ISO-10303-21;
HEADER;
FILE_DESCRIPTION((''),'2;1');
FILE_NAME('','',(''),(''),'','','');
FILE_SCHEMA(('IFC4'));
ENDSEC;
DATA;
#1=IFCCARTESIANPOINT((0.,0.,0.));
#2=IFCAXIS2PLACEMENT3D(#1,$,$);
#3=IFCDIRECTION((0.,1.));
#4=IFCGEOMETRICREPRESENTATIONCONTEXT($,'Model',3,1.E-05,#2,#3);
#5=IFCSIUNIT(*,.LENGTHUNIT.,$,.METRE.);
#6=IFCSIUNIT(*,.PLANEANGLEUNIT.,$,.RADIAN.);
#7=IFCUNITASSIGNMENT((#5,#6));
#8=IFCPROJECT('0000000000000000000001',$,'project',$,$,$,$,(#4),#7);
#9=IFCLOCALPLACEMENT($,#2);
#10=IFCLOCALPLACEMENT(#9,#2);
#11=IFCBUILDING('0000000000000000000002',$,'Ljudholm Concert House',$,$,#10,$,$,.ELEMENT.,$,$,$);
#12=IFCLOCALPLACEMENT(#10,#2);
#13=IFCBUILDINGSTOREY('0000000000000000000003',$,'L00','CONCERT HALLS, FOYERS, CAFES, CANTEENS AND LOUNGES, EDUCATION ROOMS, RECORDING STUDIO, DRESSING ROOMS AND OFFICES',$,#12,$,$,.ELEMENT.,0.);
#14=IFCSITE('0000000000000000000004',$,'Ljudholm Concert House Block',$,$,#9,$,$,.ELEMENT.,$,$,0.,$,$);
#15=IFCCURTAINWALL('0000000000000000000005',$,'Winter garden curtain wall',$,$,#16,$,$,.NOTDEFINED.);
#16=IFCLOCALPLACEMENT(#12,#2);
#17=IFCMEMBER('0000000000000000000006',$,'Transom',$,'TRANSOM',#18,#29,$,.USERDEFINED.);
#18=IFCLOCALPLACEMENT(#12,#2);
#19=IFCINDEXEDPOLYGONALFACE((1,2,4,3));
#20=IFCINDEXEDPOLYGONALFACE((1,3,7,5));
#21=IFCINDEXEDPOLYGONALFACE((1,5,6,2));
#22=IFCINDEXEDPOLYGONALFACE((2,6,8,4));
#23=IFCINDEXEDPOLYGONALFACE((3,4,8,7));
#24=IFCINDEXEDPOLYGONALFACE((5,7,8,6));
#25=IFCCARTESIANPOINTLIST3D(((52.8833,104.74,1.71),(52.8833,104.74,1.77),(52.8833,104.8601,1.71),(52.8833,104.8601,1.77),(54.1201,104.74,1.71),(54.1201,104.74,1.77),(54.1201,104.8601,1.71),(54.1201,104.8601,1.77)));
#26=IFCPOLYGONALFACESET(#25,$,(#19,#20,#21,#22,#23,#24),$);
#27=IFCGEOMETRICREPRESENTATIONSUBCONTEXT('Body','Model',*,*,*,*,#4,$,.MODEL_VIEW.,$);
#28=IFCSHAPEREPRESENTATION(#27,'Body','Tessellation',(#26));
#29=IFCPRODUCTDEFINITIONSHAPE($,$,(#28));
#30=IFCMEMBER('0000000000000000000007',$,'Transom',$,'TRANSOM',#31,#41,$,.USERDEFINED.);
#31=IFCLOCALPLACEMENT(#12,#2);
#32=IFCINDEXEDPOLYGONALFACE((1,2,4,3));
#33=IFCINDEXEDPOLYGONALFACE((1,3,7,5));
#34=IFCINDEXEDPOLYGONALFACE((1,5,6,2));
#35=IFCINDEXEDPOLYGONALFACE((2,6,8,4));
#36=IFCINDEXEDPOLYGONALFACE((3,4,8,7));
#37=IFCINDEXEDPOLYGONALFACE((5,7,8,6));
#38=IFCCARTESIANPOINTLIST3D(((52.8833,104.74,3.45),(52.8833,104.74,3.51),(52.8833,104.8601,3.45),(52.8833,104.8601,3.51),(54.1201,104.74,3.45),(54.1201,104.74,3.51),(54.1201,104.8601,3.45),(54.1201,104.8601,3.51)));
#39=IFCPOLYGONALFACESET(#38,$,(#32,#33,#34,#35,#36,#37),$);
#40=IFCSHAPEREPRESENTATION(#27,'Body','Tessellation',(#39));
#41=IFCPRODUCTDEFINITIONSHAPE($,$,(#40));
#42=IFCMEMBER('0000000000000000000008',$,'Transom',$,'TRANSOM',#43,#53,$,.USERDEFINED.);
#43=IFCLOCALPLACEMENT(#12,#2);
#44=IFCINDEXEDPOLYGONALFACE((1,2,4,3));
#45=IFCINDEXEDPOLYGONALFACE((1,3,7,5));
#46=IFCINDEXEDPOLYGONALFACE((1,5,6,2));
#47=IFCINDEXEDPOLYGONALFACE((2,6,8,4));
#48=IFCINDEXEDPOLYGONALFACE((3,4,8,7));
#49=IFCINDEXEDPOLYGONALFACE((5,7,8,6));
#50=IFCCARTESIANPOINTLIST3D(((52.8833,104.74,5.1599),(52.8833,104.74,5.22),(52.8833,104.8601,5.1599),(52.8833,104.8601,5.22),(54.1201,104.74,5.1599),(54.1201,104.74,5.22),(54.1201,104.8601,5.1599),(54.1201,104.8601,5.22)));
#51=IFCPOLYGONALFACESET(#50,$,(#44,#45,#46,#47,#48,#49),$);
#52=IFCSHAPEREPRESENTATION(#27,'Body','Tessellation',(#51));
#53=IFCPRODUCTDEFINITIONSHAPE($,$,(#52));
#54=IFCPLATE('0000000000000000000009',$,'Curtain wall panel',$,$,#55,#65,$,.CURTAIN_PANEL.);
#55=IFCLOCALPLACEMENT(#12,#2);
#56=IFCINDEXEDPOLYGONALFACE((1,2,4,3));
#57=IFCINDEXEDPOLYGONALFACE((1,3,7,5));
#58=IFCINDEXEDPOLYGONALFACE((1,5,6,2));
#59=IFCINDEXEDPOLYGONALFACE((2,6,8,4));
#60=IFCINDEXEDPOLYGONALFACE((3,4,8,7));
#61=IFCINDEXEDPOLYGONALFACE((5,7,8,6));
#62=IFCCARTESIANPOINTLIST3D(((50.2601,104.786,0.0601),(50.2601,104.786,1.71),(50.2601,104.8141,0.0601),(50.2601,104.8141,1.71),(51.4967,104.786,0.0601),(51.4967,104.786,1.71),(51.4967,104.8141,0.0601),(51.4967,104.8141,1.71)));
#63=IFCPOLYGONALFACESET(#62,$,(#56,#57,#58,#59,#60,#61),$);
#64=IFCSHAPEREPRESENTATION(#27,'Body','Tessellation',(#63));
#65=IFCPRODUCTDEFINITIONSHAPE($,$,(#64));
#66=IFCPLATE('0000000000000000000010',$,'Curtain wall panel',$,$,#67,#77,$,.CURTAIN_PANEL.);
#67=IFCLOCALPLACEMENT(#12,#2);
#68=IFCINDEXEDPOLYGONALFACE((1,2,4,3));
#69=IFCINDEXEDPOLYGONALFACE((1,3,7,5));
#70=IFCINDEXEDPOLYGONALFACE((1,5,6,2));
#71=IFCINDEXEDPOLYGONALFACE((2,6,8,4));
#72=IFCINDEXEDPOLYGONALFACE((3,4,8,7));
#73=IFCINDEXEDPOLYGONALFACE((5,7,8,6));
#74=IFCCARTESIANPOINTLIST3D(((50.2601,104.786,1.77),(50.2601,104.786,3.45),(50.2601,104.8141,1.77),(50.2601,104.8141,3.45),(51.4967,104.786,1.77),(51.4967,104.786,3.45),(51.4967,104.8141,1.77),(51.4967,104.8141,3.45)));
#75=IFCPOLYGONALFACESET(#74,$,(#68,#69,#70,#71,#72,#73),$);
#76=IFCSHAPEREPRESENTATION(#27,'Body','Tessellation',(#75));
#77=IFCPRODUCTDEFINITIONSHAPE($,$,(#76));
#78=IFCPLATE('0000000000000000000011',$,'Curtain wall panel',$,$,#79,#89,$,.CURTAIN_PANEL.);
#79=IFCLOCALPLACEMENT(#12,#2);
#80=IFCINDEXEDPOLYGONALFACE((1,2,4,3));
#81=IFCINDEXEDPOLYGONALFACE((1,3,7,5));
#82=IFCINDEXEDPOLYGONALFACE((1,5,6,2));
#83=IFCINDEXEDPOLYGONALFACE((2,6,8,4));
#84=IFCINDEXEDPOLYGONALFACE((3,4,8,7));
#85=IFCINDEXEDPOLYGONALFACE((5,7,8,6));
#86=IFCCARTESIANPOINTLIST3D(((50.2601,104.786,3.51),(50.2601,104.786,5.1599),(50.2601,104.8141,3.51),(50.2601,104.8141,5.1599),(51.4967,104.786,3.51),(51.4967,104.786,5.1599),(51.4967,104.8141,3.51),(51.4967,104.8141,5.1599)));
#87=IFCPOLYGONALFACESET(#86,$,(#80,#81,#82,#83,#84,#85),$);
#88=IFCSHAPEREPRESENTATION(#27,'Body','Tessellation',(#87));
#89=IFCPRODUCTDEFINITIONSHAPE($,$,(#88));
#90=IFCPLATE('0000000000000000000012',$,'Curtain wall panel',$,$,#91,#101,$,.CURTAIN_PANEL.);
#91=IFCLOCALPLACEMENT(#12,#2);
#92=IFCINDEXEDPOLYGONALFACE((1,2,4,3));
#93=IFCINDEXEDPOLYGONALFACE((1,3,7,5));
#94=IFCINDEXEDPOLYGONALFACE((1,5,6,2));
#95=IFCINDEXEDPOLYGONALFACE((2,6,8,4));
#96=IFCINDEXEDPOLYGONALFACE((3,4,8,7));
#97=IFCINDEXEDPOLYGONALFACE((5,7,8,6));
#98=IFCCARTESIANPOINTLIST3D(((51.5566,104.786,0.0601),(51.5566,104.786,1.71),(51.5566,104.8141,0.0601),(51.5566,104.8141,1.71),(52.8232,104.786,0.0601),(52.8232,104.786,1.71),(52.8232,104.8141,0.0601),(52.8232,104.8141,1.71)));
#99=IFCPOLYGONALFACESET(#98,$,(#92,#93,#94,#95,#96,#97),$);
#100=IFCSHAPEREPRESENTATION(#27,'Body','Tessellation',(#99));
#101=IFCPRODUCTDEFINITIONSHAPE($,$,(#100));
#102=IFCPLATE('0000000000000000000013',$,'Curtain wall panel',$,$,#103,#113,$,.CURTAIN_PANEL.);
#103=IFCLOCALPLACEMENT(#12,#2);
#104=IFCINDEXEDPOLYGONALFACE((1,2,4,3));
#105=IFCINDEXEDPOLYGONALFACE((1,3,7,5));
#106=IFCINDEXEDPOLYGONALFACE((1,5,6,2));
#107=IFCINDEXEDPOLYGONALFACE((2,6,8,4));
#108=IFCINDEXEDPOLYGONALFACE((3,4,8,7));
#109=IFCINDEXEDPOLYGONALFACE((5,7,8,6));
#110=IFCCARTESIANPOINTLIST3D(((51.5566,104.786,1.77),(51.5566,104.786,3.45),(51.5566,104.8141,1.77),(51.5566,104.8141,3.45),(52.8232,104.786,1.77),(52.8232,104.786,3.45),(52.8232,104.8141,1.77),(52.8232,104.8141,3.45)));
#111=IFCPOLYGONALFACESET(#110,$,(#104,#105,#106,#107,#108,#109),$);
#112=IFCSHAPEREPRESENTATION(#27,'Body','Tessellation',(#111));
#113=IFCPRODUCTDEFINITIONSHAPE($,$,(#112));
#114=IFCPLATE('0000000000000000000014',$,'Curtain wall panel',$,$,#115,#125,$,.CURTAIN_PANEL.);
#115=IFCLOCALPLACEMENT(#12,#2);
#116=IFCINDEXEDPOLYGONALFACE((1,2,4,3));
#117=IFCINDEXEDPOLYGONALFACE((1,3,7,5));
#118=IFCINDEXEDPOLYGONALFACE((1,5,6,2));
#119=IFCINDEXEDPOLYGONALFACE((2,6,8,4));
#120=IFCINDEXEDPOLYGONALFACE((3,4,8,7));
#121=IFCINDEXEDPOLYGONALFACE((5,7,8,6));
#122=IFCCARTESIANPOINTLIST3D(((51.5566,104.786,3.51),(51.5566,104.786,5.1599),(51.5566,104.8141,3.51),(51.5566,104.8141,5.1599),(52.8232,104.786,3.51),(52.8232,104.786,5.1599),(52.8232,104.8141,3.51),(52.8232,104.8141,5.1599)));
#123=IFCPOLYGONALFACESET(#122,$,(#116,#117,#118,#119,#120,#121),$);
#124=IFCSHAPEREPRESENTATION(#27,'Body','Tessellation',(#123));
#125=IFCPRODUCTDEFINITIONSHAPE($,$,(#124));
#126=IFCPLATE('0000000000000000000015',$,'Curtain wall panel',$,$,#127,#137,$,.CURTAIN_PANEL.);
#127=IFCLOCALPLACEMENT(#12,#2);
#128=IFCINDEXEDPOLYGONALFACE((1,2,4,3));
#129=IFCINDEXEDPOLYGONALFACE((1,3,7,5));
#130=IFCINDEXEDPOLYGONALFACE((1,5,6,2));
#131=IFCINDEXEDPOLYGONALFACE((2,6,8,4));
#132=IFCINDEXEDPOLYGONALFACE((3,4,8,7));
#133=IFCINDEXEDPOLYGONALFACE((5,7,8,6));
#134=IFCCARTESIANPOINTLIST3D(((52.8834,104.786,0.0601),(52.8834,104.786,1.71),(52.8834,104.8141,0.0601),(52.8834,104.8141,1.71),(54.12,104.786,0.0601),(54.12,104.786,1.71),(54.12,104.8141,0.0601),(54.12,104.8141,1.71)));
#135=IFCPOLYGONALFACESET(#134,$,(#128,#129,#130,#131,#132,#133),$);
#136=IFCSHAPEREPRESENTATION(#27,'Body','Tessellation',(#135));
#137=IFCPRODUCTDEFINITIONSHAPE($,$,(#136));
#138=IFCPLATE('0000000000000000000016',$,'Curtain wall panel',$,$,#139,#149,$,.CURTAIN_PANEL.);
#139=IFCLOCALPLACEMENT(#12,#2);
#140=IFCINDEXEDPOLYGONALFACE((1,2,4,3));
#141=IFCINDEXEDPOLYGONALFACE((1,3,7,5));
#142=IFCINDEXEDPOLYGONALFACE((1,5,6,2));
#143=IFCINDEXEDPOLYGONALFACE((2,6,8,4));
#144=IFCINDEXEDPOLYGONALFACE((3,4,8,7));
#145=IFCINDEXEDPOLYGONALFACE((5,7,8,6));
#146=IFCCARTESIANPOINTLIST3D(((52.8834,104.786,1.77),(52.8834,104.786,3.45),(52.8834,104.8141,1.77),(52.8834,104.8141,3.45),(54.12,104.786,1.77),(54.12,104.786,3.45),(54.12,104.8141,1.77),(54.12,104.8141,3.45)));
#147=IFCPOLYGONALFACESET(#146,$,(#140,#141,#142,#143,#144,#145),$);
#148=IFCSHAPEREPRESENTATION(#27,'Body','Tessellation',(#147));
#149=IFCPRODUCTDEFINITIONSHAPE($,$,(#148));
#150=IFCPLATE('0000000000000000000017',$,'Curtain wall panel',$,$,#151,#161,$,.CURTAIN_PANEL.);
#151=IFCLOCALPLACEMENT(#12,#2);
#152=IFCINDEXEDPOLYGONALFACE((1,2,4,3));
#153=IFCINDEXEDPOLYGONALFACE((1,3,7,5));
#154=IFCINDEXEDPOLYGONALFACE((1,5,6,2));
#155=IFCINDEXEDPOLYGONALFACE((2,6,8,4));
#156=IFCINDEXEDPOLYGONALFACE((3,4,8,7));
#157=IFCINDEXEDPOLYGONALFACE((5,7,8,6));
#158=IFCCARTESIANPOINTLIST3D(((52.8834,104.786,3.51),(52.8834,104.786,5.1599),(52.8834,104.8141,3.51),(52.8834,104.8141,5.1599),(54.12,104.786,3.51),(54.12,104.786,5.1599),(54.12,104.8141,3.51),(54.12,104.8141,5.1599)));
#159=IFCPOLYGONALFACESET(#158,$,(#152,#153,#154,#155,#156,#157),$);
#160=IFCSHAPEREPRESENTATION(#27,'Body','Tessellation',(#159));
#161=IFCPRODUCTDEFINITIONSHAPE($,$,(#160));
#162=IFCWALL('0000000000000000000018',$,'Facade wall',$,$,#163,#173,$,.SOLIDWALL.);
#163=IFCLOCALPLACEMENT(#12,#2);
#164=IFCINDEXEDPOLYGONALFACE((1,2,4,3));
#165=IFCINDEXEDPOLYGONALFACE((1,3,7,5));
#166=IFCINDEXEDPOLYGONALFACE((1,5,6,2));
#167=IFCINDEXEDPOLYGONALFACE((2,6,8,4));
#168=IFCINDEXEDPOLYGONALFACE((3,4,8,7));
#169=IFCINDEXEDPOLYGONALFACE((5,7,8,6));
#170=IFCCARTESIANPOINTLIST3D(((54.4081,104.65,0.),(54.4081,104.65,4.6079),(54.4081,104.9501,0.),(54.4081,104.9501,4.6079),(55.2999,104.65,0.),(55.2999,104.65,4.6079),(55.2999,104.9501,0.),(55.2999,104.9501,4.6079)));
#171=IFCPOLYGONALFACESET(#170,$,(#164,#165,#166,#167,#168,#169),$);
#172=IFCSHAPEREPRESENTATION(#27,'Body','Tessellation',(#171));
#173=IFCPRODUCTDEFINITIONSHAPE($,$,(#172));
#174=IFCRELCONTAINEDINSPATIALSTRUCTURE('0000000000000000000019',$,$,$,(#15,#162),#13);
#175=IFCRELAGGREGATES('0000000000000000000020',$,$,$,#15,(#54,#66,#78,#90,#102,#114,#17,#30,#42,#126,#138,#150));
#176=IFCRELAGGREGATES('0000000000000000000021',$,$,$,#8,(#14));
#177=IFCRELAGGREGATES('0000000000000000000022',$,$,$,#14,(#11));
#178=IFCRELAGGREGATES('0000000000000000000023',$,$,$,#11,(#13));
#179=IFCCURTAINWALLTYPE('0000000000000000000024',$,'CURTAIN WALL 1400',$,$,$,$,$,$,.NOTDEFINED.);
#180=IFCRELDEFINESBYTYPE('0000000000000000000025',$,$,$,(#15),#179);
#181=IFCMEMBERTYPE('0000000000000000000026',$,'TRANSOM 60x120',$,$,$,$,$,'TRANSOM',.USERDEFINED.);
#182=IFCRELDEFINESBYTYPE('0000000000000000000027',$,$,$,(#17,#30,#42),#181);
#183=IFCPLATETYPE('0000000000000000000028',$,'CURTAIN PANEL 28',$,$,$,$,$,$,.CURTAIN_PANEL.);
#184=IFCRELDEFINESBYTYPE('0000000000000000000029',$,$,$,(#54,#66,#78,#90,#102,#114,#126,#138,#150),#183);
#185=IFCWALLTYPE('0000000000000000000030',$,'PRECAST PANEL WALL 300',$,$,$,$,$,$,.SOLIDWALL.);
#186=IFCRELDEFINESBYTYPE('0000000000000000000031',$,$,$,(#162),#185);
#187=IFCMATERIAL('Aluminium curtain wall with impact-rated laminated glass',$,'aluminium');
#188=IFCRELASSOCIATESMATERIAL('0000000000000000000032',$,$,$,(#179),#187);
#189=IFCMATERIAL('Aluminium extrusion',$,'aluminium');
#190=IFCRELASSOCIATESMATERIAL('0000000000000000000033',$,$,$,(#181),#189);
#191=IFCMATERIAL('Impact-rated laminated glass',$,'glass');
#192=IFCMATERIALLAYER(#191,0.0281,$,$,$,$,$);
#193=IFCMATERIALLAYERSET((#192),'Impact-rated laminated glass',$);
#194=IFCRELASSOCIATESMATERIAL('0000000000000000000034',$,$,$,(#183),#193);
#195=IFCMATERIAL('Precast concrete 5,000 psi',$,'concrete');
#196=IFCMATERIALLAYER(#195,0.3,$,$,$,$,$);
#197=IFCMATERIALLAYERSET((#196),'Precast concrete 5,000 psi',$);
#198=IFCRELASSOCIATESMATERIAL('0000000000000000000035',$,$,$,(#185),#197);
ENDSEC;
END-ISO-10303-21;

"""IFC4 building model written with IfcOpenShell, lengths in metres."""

from ifc_helpers import new_model, si_unit, direction, frame, frame_2d, origin, origin_2d, place, context, subcontext, project, spatial, rectangle, extrude, material, layer, layer_set, material_profile, profile_set, type_object, element, aggregate, save


model = new_model("IFC4")

# Units and contexts
model_context = context("Model", 3, precision=1e-05, world=origin(), true_north=direction((0.0, 1.0)))
body_context = subcontext(model_context, "Body", "Model", "MODEL_VIEW")
ifc_project = project(units=[si_unit("LENGTHUNIT", "METRE"), si_unit("PLANEANGLEUNIT", "RADIAN")], contexts=[model_context])

# Site, building, storey
site_placement = place(None, origin())
site = spatial("IfcSite", under=ifc_project, at=site_placement, Name="Ljudholm Concert House Block", CompositionType="ELEMENT", RefElevation=0.0)
building_placement = place(site_placement, origin())
building = spatial("IfcBuilding", under=site, at=building_placement, Name="Ljudholm Concert House", CompositionType="ELEMENT")
storey_placement = place(building_placement, origin())
storey = spatial("IfcBuildingStorey", under=building, at=storey_placement, Name="L00", Description="CONCERT HALLS, FOYERS, CAFES, CANTEENS AND LOUNGES, EDUCATION ROOMS, RECORDING STUDIO, DRESSING ROOMS AND OFFICES", CompositionType="ELEMENT", Elevation=0.0)

# Curtain wall
ifc_material_1 = material(Name="Aluminium curtain wall with impact-rated laminated glass", Category="aluminium")
curtain_wall_type_1 = type_object("IfcCurtainWallType", Name="CURTAIN WALL 1400", PredefinedType="NOTDEFINED", material=ifc_material_1)
curtain_wall_1_placement = place(storey_placement, origin())
curtain_wall_1 = element("IfcCurtainWall", 1, at=curtain_wall_1_placement, inside=storey, type_object=curtain_wall_type_1, Name="Winter garden curtain wall", PredefinedType="NOTDEFINED")

# Members
ifc_material_2 = material(Name="Aluminium extrusion", Category="aluminium")
ifc_material_profile_1 = material_profile(ifc_material_2, rectangle(XDim=0.1201, YDim=0.0601, at=origin_2d()), Name="TRANSOM 60x120")
ifc_profile_set_1 = profile_set([ifc_material_profile_1], Name="Aluminium extrusion")
member_type_1 = type_object("IfcMemberType", Name="TRANSOM 60x120", ElementType="TRANSOM", PredefinedType="USERDEFINED", material=ifc_profile_set_1)
member_1_placement = place(storey_placement, frame((52.8833, 104.8, 1.74), z_axis=(1.0, 0.0, 0.0), x_axis=(0.0, 1.0, 0.0)))
member_1 = element("IfcMember", 2, at=member_1_placement, type_object=member_type_1, Name="Transom", ObjectType="TRANSOM", PredefinedType="USERDEFINED", context=body_context, shape_type="SweptSolid", body=[
    extrude(rectangle(XDim=0.1201, YDim=0.0601, at=origin_2d()), origin(), (0.0, 0.0, 1.0), 1.2368),
])
member_2_placement = place(storey_placement, frame((52.8833, 104.8, 3.48), z_axis=(1.0, 0.0, 0.0), x_axis=(0.0, 1.0, 0.0)))
member_2 = element("IfcMember", 3, at=member_2_placement, type_object=member_type_1, Name="Transom", ObjectType="TRANSOM", PredefinedType="USERDEFINED", context=body_context, shape_type="SweptSolid", body=[
    extrude(rectangle(XDim=0.1201, YDim=0.0601, at=origin_2d()), origin(), (0.0, 0.0, 1.0), 1.2368),
])
member_3_placement = place(storey_placement, frame((52.8833, 104.8, 5.1899), z_axis=(1.0, 0.0, 0.0), x_axis=(0.0, 1.0, 0.0)))
member_3 = element("IfcMember", 4, at=member_3_placement, type_object=member_type_1, Name="Transom", ObjectType="TRANSOM", PredefinedType="USERDEFINED", context=body_context, shape_type="SweptSolid", body=[
    extrude(rectangle(XDim=0.1201, YDim=0.0601, at=origin_2d()), origin(), (0.0, 0.0, 1.0), 1.2368),
])

# Plates
ifc_material_3 = material(Name="Impact-rated laminated glass", Category="glass")
ifc_layer_1 = layer(ifc_material_3, 0.0281)
ifc_layer_set_1 = layer_set([ifc_layer_1], Name="Impact-rated laminated glass")
plate_type = type_object("IfcPlateType", Name="CURTAIN PANEL 28", PredefinedType="CURTAIN_PANEL", material=ifc_layer_set_1)
plate_1_placement = place(storey_placement, frame((50.8784, 104.8, 0.0601), z_axis=(0.0, 0.0, 1.0), x_axis=(1.0, 0.0, 0.0)))
plate_1 = element("IfcPlate", 5, at=plate_1_placement, type_object=plate_type, Name="Curtain wall panel", PredefinedType="CURTAIN_PANEL", context=body_context, shape_type="SweptSolid", body=[
    extrude(rectangle(XDim=1.2366, YDim=0.0281, at=origin_2d()), origin(), (0.0, 0.0, 1.0), 1.6499),
])
plate_2_placement = place(storey_placement, frame((50.8784, 104.8, 1.77), z_axis=(0.0, 0.0, 1.0), x_axis=(1.0, 0.0, 0.0)))
plate_2 = element("IfcPlate", 6, at=plate_2_placement, type_object=plate_type, Name="Curtain wall panel", PredefinedType="CURTAIN_PANEL", context=body_context, shape_type="SweptSolid", body=[
    extrude(rectangle(XDim=1.2366, YDim=0.0281, at=origin_2d()), origin(), (0.0, 0.0, 1.0), 1.6799),
])
plate_3_placement = place(storey_placement, frame((50.8784, 104.8, 3.51), z_axis=(0.0, 0.0, 1.0), x_axis=(1.0, 0.0, 0.0)))
plate_3 = element("IfcPlate", 7, at=plate_3_placement, type_object=plate_type, Name="Curtain wall panel", PredefinedType="CURTAIN_PANEL", context=body_context, shape_type="SweptSolid", body=[
    extrude(rectangle(XDim=1.2366, YDim=0.0281, at=origin_2d()), origin(), (0.0, 0.0, 1.0), 1.6499),
])
plate_4_placement = place(storey_placement, frame((52.1899, 104.8, 0.0601), z_axis=(0.0, 0.0, 1.0), x_axis=(1.0, 0.0, 0.0)))
plate_4 = element("IfcPlate", 8, at=plate_4_placement, type_object=plate_type, Name="Curtain wall panel", PredefinedType="CURTAIN_PANEL", context=body_context, shape_type="SweptSolid", body=[
    extrude(rectangle(XDim=1.2666, YDim=0.0281, at=origin_2d()), origin(), (0.0, 0.0, 1.0), 1.6499),
])
plate_5_placement = place(storey_placement, frame((52.1899, 104.8, 1.77), z_axis=(0.0, 0.0, 1.0), x_axis=(1.0, 0.0, 0.0)))
plate_5 = element("IfcPlate", 9, at=plate_5_placement, type_object=plate_type, Name="Curtain wall panel", PredefinedType="CURTAIN_PANEL", context=body_context, shape_type="SweptSolid", body=[
    extrude(rectangle(XDim=1.2666, YDim=0.0281, at=origin_2d()), origin(), (0.0, 0.0, 1.0), 1.6799),
])
plate_6_placement = place(storey_placement, frame((52.1899, 104.8, 3.51), z_axis=(0.0, 0.0, 1.0), x_axis=(1.0, 0.0, 0.0)))
plate_6 = element("IfcPlate", 10, at=plate_6_placement, type_object=plate_type, Name="Curtain wall panel", PredefinedType="CURTAIN_PANEL", context=body_context, shape_type="SweptSolid", body=[
    extrude(rectangle(XDim=1.2666, YDim=0.0281, at=origin_2d()), origin(), (0.0, 0.0, 1.0), 1.6499),
])
plate_7_placement = place(storey_placement, frame((53.5017, 104.8, 0.0601), z_axis=(0.0, 0.0, 1.0), x_axis=(1.0, 0.0, 0.0)))
plate_7 = element("IfcPlate", 11, at=plate_7_placement, type_object=plate_type, Name="Curtain wall panel", PredefinedType="CURTAIN_PANEL", context=body_context, shape_type="SweptSolid", body=[
    extrude(rectangle(XDim=1.2366, YDim=0.0281, at=origin_2d()), origin(), (0.0, 0.0, 1.0), 1.6499),
])
plate_8_placement = place(storey_placement, frame((53.5017, 104.8, 1.77), z_axis=(0.0, 0.0, 1.0), x_axis=(1.0, 0.0, 0.0)))
plate_8 = element("IfcPlate", 12, at=plate_8_placement, type_object=plate_type, Name="Curtain wall panel", PredefinedType="CURTAIN_PANEL", context=body_context, shape_type="SweptSolid", body=[
    extrude(rectangle(XDim=1.2366, YDim=0.0281, at=origin_2d()), origin(), (0.0, 0.0, 1.0), 1.6799),
])
plate_9_placement = place(storey_placement, frame((53.5017, 104.8, 3.51), z_axis=(0.0, 0.0, 1.0), x_axis=(1.0, 0.0, 0.0)))
plate_9 = element("IfcPlate", 13, at=plate_9_placement, type_object=plate_type, Name="Curtain wall panel", PredefinedType="CURTAIN_PANEL", context=body_context, shape_type="SweptSolid", body=[
    extrude(rectangle(XDim=1.2366, YDim=0.0281, at=origin_2d()), origin(), (0.0, 0.0, 1.0), 1.6499),
])
aggregate(curtain_wall_1, [plate_1, plate_2, plate_3, plate_4, plate_5, plate_6, member_1, member_2, member_3, plate_7, plate_8, plate_9])

# Wall
ifc_material_4 = material(Name="Precast concrete 5,000 psi", Category="concrete")
ifc_layer_2 = layer(ifc_material_4, 0.3)
ifc_layer_set_2 = layer_set([ifc_layer_2], Name="Precast concrete 5,000 psi")
wall_type = type_object("IfcWallType", Name="PRECAST PANEL WALL 300", PredefinedType="SOLIDWALL", material=ifc_layer_set_2)
wall_placement = place(storey_placement, frame((54.4082, 104.8, 0.0), z_axis=(0.0, 0.0, 1.0), x_axis=(1.0, 0.0, 0.0)))
element("IfcWall", 14, at=wall_placement, inside=storey, type_object=wall_type, Name="Facade wall", PredefinedType="SOLIDWALL", context=body_context, shape_type="SweptSolid", body=[
    extrude(rectangle(XDim=0.8918, YDim=0.3, at=frame_2d((0.4458, 0.0))), origin(), (0.0, 0.0, 1.0), 4.6079),
])

save(model, "model.ifc")
